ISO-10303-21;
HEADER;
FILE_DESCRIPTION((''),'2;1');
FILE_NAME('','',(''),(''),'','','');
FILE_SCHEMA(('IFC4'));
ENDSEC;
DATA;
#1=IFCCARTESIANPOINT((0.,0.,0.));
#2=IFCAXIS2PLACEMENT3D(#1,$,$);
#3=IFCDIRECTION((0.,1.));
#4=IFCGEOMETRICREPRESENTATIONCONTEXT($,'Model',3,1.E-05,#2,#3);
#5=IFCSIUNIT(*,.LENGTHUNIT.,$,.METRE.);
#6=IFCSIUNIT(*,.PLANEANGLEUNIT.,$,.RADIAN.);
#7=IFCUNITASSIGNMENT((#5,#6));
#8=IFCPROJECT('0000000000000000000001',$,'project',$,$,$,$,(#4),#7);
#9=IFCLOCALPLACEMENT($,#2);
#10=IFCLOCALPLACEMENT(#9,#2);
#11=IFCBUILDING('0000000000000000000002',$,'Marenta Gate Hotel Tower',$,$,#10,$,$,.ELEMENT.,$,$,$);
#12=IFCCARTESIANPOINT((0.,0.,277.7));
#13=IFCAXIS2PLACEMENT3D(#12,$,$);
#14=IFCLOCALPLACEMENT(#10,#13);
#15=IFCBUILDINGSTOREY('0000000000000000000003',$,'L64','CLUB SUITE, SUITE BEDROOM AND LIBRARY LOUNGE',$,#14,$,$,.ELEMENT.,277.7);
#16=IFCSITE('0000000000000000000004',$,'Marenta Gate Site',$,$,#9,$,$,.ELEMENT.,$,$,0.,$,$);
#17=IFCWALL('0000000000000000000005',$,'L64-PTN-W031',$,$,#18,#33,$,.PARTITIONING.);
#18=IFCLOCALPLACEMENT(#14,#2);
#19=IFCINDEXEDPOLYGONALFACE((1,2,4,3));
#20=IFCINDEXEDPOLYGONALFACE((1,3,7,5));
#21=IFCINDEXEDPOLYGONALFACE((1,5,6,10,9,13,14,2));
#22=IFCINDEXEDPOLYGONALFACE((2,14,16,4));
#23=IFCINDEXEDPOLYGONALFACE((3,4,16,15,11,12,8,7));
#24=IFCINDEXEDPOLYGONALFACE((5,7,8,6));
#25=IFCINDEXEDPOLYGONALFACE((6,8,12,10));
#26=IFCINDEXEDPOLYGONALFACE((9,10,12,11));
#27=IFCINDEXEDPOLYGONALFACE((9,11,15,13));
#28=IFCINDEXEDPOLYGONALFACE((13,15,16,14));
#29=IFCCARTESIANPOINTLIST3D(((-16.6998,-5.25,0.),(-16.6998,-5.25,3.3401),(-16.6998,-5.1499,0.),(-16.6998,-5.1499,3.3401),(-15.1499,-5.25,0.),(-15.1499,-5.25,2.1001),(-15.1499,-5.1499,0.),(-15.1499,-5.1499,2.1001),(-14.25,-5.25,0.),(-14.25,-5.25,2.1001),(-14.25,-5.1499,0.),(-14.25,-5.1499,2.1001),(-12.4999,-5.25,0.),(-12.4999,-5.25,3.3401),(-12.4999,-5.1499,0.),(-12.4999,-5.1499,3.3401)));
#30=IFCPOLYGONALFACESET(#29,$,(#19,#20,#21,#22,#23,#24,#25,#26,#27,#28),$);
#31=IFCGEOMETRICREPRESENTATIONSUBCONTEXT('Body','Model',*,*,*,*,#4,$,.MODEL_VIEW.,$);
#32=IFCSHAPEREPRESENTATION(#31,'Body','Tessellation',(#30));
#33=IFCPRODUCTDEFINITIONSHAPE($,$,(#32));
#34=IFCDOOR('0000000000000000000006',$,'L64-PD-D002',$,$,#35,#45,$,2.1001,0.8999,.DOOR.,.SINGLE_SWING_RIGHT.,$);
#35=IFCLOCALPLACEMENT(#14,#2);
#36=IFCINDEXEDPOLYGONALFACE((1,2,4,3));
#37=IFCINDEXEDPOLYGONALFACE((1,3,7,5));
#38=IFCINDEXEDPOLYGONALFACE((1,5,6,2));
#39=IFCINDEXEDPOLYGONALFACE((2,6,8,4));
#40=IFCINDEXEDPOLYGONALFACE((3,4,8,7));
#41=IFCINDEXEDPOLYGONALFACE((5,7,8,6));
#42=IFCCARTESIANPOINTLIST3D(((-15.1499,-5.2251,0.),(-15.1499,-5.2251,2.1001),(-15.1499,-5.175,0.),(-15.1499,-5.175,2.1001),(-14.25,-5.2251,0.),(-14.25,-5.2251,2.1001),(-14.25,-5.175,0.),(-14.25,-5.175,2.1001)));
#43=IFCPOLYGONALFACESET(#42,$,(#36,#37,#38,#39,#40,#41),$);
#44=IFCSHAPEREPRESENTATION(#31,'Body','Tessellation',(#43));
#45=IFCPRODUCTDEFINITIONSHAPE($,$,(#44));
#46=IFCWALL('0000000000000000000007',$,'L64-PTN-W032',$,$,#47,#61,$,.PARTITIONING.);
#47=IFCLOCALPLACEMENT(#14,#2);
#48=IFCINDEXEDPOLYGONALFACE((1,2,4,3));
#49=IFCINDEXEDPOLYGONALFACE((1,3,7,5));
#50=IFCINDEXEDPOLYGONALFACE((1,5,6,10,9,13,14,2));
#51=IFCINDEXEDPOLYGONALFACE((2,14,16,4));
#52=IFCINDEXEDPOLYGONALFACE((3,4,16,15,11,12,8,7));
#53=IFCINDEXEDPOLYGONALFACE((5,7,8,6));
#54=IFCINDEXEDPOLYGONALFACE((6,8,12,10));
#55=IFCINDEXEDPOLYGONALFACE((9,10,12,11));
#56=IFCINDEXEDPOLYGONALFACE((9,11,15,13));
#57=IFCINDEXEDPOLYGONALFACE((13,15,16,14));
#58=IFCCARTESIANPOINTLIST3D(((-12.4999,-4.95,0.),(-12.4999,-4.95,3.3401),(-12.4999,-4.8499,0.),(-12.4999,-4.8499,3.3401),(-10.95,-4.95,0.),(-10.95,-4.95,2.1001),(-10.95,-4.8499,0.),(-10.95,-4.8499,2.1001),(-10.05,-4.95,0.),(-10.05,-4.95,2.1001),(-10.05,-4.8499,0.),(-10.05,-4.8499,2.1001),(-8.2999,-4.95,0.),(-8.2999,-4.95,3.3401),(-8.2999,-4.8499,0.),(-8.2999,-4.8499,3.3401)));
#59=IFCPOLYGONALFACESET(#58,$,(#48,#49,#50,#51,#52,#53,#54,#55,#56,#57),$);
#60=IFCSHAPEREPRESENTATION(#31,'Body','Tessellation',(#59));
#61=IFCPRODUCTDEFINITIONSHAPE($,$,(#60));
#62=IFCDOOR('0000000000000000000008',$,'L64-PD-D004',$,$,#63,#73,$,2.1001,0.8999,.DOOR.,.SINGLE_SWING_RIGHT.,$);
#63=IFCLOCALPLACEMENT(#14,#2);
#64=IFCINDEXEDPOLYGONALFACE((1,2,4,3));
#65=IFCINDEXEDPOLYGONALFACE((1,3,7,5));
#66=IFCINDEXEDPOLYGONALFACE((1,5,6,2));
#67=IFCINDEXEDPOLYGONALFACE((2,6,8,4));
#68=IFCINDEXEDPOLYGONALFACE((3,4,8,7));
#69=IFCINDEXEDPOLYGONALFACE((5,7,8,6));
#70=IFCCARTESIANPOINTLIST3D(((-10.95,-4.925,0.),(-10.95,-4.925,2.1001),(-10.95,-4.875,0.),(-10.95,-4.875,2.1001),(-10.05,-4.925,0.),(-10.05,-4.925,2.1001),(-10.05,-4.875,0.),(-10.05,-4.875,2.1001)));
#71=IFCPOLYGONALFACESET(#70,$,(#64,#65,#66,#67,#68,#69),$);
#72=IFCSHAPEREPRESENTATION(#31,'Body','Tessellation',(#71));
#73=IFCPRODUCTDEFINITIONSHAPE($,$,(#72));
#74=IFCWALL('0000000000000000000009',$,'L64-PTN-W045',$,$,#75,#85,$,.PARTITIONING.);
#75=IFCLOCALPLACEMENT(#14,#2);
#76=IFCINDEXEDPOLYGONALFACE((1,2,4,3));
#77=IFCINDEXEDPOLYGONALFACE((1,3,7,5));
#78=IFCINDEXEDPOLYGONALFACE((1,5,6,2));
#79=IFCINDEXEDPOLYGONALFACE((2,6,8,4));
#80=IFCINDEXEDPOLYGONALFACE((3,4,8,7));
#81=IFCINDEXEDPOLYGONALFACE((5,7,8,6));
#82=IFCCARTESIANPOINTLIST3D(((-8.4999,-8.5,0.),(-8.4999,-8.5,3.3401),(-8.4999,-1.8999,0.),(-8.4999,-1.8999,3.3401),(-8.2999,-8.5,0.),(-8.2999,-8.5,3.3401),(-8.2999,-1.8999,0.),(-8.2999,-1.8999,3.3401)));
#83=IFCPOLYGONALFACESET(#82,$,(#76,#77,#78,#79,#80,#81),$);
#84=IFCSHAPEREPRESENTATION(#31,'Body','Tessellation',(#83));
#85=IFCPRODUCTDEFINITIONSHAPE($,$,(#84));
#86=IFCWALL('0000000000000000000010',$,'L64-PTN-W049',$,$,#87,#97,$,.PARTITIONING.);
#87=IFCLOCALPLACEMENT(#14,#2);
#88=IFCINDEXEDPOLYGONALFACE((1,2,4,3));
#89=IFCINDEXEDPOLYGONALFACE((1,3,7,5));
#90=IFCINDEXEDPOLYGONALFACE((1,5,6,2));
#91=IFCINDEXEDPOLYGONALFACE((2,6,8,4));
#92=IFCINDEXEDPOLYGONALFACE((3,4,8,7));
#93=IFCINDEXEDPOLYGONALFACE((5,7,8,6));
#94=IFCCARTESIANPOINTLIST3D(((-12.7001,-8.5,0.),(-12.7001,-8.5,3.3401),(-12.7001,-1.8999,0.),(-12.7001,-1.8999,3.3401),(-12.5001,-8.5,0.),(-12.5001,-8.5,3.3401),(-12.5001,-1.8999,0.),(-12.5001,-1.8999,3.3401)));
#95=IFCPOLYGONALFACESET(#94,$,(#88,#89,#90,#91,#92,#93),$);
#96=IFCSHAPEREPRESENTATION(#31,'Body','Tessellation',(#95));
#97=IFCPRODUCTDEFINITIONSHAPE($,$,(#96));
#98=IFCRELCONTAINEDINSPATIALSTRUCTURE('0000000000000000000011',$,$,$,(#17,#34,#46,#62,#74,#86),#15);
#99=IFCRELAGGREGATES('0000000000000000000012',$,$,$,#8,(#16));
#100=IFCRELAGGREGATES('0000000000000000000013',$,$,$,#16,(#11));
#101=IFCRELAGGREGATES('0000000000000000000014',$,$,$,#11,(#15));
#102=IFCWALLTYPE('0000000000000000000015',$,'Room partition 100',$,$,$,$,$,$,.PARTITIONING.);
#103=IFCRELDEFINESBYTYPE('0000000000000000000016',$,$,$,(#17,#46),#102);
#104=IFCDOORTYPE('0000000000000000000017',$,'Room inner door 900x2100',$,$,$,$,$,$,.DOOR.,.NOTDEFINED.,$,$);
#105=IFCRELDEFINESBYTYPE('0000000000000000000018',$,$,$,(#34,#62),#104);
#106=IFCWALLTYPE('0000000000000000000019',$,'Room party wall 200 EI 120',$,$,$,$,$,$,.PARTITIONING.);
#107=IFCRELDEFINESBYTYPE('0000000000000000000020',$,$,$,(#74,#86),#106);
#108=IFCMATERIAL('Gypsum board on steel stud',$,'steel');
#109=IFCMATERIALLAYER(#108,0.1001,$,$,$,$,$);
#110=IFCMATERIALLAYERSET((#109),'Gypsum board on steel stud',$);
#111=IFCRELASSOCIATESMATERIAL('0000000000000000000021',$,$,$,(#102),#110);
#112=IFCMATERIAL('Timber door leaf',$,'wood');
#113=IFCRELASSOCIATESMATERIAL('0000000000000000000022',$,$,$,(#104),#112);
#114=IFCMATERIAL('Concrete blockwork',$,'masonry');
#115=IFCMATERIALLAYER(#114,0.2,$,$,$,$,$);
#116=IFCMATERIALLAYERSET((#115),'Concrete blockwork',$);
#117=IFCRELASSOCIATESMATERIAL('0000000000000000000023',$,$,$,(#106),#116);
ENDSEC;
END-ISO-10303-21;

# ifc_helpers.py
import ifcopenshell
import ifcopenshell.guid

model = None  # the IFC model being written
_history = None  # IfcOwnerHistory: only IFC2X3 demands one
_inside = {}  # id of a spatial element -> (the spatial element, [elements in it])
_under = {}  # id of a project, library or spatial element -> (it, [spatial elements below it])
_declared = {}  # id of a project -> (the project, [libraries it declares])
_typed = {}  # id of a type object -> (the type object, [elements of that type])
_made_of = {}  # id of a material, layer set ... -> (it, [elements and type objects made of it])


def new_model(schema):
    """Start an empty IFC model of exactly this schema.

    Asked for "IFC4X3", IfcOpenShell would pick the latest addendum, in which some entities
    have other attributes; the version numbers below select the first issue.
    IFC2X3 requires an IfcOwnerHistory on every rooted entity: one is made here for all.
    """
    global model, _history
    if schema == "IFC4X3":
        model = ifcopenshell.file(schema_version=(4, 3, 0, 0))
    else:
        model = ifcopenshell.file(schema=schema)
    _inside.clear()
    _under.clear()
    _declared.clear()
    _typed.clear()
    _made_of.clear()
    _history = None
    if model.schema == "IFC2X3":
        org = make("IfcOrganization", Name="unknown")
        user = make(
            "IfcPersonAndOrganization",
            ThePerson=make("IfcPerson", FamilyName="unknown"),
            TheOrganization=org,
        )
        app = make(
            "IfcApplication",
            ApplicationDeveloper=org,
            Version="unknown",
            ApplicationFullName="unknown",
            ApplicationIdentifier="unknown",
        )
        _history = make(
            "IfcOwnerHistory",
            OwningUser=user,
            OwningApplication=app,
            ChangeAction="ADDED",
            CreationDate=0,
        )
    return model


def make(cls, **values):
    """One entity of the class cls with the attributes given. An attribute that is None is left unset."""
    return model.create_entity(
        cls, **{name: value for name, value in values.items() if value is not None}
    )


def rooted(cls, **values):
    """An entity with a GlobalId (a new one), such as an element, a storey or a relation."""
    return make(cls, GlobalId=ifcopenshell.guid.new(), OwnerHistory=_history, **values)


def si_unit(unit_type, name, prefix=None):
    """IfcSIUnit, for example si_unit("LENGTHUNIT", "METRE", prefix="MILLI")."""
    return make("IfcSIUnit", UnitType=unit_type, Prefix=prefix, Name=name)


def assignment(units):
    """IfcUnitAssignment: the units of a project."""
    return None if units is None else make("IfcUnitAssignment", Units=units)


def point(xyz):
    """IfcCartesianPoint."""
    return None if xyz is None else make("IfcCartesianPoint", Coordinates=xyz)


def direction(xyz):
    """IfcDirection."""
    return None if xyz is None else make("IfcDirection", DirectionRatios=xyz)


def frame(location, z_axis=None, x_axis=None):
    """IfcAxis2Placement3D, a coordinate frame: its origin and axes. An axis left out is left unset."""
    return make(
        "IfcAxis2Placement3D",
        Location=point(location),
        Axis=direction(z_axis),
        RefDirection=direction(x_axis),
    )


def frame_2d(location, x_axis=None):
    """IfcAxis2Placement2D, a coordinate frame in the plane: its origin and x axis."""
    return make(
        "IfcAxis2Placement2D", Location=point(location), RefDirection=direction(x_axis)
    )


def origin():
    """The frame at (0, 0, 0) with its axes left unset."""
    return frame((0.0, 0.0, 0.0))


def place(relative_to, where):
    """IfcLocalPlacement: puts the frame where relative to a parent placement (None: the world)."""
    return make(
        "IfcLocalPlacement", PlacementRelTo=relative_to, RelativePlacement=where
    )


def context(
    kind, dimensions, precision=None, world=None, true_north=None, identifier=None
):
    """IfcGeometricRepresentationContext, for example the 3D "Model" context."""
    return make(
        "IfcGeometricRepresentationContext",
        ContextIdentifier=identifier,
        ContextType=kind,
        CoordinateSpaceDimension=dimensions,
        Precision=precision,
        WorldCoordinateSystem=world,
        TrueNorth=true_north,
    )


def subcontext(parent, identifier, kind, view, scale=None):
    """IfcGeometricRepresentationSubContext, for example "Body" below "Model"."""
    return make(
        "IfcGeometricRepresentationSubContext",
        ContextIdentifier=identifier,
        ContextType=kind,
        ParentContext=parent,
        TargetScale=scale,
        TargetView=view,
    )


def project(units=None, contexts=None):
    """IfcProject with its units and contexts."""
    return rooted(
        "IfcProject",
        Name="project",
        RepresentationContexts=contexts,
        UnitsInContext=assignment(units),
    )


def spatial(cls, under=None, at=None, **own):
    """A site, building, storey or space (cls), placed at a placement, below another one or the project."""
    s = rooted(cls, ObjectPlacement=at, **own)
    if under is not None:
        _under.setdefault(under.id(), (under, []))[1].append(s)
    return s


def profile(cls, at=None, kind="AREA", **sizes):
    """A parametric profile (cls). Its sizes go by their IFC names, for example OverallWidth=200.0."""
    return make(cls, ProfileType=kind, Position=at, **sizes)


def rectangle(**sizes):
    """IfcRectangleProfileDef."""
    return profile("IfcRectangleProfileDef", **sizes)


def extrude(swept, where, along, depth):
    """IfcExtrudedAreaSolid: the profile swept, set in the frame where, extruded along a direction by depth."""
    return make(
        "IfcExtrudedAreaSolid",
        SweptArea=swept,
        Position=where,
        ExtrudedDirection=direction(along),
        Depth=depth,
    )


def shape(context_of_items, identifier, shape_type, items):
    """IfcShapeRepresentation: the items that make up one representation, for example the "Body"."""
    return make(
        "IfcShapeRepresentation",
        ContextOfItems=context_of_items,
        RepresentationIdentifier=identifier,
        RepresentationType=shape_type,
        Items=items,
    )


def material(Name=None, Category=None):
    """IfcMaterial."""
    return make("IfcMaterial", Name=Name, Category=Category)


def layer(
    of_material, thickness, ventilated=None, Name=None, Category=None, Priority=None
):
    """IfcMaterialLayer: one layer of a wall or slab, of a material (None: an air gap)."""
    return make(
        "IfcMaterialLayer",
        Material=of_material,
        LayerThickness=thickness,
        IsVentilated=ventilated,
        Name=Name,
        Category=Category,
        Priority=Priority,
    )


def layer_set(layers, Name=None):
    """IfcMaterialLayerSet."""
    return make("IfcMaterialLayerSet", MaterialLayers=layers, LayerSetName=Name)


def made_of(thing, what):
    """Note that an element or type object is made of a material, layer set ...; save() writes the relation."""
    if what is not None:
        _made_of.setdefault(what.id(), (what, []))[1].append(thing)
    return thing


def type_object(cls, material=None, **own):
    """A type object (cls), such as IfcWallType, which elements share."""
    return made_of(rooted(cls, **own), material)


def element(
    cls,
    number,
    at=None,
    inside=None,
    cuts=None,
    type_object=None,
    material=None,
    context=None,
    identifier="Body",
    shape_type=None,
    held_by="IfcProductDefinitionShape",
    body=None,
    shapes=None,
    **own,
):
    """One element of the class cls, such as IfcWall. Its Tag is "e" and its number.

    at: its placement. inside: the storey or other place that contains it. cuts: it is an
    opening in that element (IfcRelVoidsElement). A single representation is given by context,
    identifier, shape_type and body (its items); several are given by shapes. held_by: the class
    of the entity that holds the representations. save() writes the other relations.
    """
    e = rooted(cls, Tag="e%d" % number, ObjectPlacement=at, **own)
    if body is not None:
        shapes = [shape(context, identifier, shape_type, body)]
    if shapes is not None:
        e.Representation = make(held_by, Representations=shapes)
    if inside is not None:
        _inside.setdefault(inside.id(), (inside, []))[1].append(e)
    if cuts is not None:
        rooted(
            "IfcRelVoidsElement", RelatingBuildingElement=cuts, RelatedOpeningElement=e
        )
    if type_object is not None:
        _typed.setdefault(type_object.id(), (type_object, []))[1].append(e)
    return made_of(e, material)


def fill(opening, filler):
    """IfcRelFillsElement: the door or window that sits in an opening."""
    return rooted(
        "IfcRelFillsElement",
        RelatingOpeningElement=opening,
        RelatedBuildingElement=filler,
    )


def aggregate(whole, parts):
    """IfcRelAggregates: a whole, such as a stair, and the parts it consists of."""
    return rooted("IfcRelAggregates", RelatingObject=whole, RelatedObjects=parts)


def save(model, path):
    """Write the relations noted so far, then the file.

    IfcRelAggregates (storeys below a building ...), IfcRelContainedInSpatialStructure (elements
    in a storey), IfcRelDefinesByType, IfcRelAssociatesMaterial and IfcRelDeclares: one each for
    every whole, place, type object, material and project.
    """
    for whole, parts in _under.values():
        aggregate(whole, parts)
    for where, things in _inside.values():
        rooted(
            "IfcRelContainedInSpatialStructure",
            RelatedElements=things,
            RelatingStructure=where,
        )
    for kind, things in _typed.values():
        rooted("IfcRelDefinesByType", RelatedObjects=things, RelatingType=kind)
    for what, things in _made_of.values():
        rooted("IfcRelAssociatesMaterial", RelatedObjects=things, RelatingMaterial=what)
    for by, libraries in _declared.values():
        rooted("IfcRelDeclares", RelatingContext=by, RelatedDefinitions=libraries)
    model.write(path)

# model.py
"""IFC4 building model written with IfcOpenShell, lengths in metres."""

from ifc_helpers import new_model, si_unit, direction, frame, frame_2d, origin, place, context, subcontext, project, spatial, rectangle, extrude, material, layer, layer_set, type_object, element, fill, save


model = new_model("IFC4")

# Units and contexts
model_context = context("Model", 3, precision=1e-05, world=origin(), true_north=direction((0.0, 1.0)))
body_context = subcontext(model_context, "Body", "Model", "MODEL_VIEW")
ifc_project = project(units=[si_unit("LENGTHUNIT", "METRE"), si_unit("PLANEANGLEUNIT", "RADIAN")], contexts=[model_context])

# Site, building, storey
site_placement = place(None, origin())
site = spatial("IfcSite", under=ifc_project, at=site_placement, Name="Marenta Gate Site", CompositionType="ELEMENT", RefElevation=0.0)
building_placement = place(site_placement, origin())
building = spatial("IfcBuilding", under=site, at=building_placement, Name="Marenta Gate Hotel Tower", CompositionType="ELEMENT")
storey_placement = place(building_placement, frame((0.0, 0.0, 277.7)))
storey = spatial("IfcBuildingStorey", under=building, at=storey_placement, Name="L64", Description="CLUB SUITE, SUITE BEDROOM AND LIBRARY LOUNGE", CompositionType="ELEMENT", Elevation=277.7)

# Walls, openings, doors
ifc_material_1 = material(Name="Gypsum board on steel stud", Category="steel")
ifc_layer_1 = layer(ifc_material_1, 0.1001)
ifc_layer_set_1 = layer_set([ifc_layer_1], Name="Gypsum board on steel stud")
wall_type_1 = type_object("IfcWallType", Name="Room partition 100", PredefinedType="PARTITIONING", material=ifc_layer_set_1)
wall_1_placement = place(storey_placement, frame((-16.7, -5.2, 0.0), z_axis=(0.0, 0.0, 1.0), x_axis=(1.0, 0.0, 0.0)))
wall_1 = element("IfcWall", 1, at=wall_1_placement, inside=storey, type_object=wall_type_1, Name="L64-PTN-W031", PredefinedType="PARTITIONING", context=body_context, shape_type="SweptSolid", body=[
    extrude(rectangle(XDim=4.2, YDim=0.1001, at=frame_2d((2.1001, 0.0))), origin(), (0.0, 0.0, 1.0), 3.3401),
])
opening_1_placement = place(wall_1_placement, frame((1.55, 0.0, 0.0)))
opening_1 = element("IfcOpeningElement", 2, at=opening_1_placement, cuts=wall_1, PredefinedType="OPENING", context=body_context, shape_type="SweptSolid", body=[
    extrude(rectangle(XDim=0.8999, YDim=2.1001, at=frame_2d((0.45, 1.05))), frame((0.0, 0.05, 0.0), z_axis=(0.0, -1.0, 0.0), x_axis=(1.0, 0.0, 0.0)), (0.0, 0.0, 1.0), 0.1001),
])
ifc_material_2 = material(Name="Timber door leaf", Category="wood")
door_type_1 = type_object("IfcDoorType", Name="Room inner door 900x2100", OperationType="NOTDEFINED", PredefinedType="DOOR", material=ifc_material_2)
door_1_placement = place(opening_1_placement, origin())
door_1 = element("IfcDoor", 3, at=door_1_placement, inside=storey, type_object=door_type_1, Name="L64-PD-D002", OperationType="SINGLE_SWING_RIGHT", OverallHeight=2.1001, OverallWidth=0.8999, PredefinedType="DOOR", context=body_context, shape_type="SweptSolid", body=[
    extrude(rectangle(XDim=0.8999, YDim=2.1001, at=frame_2d((0.45, 1.05))), frame((0.0, 0.0249, 0.0), z_axis=(0.0, -1.0, 0.0), x_axis=(1.0, 0.0, 0.0)), (0.0, 0.0, 1.0), 0.05),
])
fill(opening_1, door_1)
wall_2_placement = place(storey_placement, frame((-12.5, -4.8999, 0.0), z_axis=(0.0, 0.0, 1.0), x_axis=(1.0, 0.0, 0.0)))
wall_2 = element("IfcWall", 4, at=wall_2_placement, inside=storey, type_object=wall_type_1, Name="L64-PTN-W032", PredefinedType="PARTITIONING", context=body_context, shape_type="SweptSolid", body=[
    extrude(rectangle(XDim=4.2, YDim=0.1001, at=frame_2d((2.1001, 0.0))), origin(), (0.0, 0.0, 1.0), 3.3401),
])
opening_2_placement = place(wall_2_placement, frame((1.55, 0.0, 0.0)))
opening_2 = element("IfcOpeningElement", 5, at=opening_2_placement, cuts=wall_2, PredefinedType="OPENING", context=body_context, shape_type="SweptSolid", body=[
    extrude(rectangle(XDim=0.8999, YDim=2.1001, at=frame_2d((0.45, 1.05))), frame((0.0, 0.05, 0.0), z_axis=(0.0, -1.0, 0.0), x_axis=(1.0, 0.0, 0.0)), (0.0, 0.0, 1.0), 0.1001),
])
door_2_placement = place(opening_2_placement, origin())
door_2 = element("IfcDoor", 6, at=door_2_placement, inside=storey, type_object=door_type_1, Name="L64-PD-D004", OperationType="SINGLE_SWING_RIGHT", OverallHeight=2.1001, OverallWidth=0.8999, PredefinedType="DOOR", context=body_context, shape_type="SweptSolid", body=[
    extrude(rectangle(XDim=0.8999, YDim=2.1001, at=frame_2d((0.45, 1.05))), frame((0.0, 0.0249, 0.0), z_axis=(0.0, -1.0, 0.0), x_axis=(1.0, 0.0, 0.0)), (0.0, 0.0, 1.0), 0.05),
])
fill(opening_2, door_2)

# Walls
ifc_material_3 = material(Name="Concrete blockwork", Category="masonry")
ifc_layer_2 = layer(ifc_material_3, 0.2)
ifc_layer_set_2 = layer_set([ifc_layer_2], Name="Concrete blockwork")
wall_type_2 = type_object("IfcWallType", Name="Room party wall 200 EI 120", PredefinedType="PARTITIONING", material=ifc_layer_set_2)
for number, where, z_axis, x_axis, name in (
    (7, (-8.3999, -8.5, 0.0), (0.0, 0.0, 1.0), (0.0, 1.0, 0.0), "L64-PTN-W045"),
    (8, (-12.6001, -8.5, 0.0), (0.0, 0.0, 1.0), (0.0, 1.0, 0.0), "L64-PTN-W049"),
):
    element("IfcWall", number, at=place(storey_placement, frame(where, z_axis=z_axis, x_axis=x_axis)), inside=storey, type_object=wall_type_2, Name=name, PredefinedType="PARTITIONING", context=body_context, shape_type="SweptSolid", body=[
        extrude(rectangle(XDim=6.6001, YDim=0.2, at=frame_2d((3.3, 0.0))), origin(), (0.0, 0.0, 1.0), 3.3401),
    ])

save(model, "model.ifc")
